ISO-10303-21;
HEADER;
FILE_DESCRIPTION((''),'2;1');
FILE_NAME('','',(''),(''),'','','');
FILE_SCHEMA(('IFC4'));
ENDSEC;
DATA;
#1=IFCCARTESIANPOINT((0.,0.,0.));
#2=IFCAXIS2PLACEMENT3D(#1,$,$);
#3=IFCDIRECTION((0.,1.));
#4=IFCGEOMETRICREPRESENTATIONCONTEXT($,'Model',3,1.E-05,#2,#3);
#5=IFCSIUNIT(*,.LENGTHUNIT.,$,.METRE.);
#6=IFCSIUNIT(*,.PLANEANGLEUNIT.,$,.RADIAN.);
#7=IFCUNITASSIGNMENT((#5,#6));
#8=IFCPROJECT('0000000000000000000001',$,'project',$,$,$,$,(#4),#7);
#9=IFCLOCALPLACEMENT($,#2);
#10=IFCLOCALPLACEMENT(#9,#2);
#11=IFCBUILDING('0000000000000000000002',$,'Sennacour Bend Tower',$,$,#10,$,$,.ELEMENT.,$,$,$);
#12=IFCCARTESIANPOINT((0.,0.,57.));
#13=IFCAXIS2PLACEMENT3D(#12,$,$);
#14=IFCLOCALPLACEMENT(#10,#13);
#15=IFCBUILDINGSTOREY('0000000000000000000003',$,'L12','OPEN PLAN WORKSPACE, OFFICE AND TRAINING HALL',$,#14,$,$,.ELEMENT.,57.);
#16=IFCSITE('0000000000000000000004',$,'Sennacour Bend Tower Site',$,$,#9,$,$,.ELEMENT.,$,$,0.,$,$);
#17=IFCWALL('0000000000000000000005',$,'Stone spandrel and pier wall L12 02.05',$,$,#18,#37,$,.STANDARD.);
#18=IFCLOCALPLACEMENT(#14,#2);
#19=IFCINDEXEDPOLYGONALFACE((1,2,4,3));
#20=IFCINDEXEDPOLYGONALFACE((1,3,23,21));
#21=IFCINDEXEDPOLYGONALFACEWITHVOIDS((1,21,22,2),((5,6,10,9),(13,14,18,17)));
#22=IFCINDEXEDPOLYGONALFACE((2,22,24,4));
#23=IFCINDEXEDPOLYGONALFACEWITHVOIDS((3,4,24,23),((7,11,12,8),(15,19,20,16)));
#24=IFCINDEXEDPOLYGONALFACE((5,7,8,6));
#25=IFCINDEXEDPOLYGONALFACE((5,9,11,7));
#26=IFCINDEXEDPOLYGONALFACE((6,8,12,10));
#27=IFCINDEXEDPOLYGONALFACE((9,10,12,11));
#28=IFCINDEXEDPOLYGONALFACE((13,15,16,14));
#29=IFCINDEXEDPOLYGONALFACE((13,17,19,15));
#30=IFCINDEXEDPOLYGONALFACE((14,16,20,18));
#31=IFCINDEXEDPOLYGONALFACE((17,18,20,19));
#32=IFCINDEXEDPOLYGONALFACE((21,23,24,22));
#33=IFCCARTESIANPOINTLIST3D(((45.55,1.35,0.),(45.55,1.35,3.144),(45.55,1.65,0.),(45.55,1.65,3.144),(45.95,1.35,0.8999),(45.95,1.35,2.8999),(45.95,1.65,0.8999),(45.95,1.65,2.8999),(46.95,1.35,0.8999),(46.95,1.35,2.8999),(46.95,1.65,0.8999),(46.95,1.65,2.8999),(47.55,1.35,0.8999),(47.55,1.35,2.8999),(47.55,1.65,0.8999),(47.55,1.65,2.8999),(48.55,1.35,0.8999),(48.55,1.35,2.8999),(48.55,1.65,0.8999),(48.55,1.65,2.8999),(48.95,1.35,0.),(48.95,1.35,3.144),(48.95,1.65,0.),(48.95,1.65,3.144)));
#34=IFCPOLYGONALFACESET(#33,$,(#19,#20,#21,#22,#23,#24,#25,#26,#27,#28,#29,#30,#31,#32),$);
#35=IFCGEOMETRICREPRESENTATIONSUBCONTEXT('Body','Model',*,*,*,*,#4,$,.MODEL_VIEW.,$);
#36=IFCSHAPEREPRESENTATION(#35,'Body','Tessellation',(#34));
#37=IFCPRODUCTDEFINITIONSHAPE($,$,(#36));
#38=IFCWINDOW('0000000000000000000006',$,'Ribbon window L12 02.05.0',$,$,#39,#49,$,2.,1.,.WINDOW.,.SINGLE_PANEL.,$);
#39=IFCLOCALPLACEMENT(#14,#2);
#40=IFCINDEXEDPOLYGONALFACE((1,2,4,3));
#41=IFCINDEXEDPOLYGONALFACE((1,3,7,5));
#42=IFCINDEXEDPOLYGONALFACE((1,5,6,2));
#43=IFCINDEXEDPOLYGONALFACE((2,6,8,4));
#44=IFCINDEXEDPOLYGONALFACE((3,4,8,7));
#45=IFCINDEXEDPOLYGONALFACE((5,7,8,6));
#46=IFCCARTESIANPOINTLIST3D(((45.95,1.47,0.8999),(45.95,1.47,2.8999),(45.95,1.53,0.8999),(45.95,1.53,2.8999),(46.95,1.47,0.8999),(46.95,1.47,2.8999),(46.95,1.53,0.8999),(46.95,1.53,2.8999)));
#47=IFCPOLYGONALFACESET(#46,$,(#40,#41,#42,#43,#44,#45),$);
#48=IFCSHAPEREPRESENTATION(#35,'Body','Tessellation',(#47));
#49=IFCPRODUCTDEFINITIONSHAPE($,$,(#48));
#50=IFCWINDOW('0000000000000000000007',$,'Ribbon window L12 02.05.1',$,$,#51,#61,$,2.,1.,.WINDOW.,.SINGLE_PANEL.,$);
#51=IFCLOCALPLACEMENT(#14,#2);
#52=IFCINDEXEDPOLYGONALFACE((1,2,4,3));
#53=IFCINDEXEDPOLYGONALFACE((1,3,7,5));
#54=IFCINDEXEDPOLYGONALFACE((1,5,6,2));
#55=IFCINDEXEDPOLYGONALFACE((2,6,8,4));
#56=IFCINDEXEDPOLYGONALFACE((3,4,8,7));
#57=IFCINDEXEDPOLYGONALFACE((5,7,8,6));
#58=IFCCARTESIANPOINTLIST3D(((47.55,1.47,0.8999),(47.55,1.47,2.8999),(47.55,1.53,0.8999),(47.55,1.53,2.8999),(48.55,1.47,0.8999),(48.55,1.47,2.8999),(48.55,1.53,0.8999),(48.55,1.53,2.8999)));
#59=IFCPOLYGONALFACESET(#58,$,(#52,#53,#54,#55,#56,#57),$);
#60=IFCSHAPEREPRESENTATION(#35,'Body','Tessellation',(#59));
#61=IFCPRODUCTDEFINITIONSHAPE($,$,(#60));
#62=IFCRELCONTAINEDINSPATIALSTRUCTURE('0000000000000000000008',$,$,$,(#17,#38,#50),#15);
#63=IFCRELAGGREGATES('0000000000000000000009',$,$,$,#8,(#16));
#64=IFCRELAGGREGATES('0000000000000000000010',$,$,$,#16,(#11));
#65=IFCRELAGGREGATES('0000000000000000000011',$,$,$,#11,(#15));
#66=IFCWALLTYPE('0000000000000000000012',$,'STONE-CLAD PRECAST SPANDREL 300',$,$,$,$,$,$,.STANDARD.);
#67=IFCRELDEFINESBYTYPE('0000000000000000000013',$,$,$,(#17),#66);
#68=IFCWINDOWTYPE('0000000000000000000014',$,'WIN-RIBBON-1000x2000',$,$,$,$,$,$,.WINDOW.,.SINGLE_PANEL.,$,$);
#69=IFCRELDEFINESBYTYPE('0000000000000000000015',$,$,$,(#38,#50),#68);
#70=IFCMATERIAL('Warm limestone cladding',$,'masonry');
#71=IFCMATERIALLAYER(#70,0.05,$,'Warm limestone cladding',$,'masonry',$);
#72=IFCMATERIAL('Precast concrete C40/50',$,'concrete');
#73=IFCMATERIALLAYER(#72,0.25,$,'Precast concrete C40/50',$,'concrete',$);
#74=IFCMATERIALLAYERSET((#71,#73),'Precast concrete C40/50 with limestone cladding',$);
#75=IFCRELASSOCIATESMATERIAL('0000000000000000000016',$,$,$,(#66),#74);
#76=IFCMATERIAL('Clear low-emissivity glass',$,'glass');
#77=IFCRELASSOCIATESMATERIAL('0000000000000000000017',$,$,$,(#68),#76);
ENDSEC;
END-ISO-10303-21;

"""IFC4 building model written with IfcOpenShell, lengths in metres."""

from ifc_helpers import new_model, si_unit, direction, frame, frame_2d, origin, place, context, subcontext, project, spatial, rectangle, extrude, material, layer, layer_set, type_object, element, fill, save


model = new_model("IFC4")

# Units and contexts
model_context = context("Model", 3, precision=1e-05, world=origin(), true_north=direction((0.0, 1.0)))
body_context = subcontext(model_context, "Body", "Model", "MODEL_VIEW")
ifc_project = project(units=[si_unit("LENGTHUNIT", "METRE"), si_unit("PLANEANGLEUNIT", "RADIAN")], contexts=[model_context])

# Site, building, storey
site_placement = place(None, origin())
site = spatial("IfcSite", under=ifc_project, at=site_placement, Name="Sennacour Bend Tower Site", CompositionType="ELEMENT", RefElevation=0.0)
building_placement = place(site_placement, origin())
building = spatial("IfcBuilding", under=site, at=building_placement, Name="Sennacour Bend Tower", CompositionType="ELEMENT")
storey_placement = place(building_placement, frame((0.0, 0.0, 57.0)))
storey = spatial("IfcBuildingStorey", under=building, at=storey_placement, Name="L12", Description="OPEN PLAN WORKSPACE, OFFICE AND TRAINING HALL", CompositionType="ELEMENT", Elevation=57.0)

# Wall, openings, windows
ifc_material_1 = material(Name="Warm limestone cladding", Category="masonry")
ifc_layer_1 = layer(ifc_material_1, 0.05, Name="Warm limestone cladding", Category="masonry")
ifc_material_2 = material(Name="Precast concrete C40/50", Category="concrete")
ifc_layer_2 = layer(ifc_material_2, 0.25, Name="Precast concrete C40/50", Category="concrete")
ifc_layer_set_1 = layer_set([ifc_layer_1, ifc_layer_2], Name="Precast concrete C40/50 with limestone cladding")
wall_type_1 = type_object("IfcWallType", Name="STONE-CLAD PRECAST SPANDREL 300", PredefinedType="STANDARD", material=ifc_layer_set_1)
wall_1_placement = place(storey_placement, frame((45.55, 1.5, 0.0), z_axis=(0.0, 0.0, 1.0), x_axis=(1.0, 0.0, 0.0)))
wall_1 = element("IfcWall", 1, at=wall_1_placement, inside=storey, type_object=wall_type_1, Name="Stone spandrel and pier wall L12 02.05", PredefinedType="STANDARD", context=body_context, shape_type="SweptSolid", body=[
    extrude(rectangle(XDim=3.3999, YDim=0.3, at=frame_2d((1.7, 0.0))), origin(), (0.0, 0.0, 1.0), 3.144),
])
opening_1_placement = place(wall_1_placement, frame((0.3999, 0.0, 0.8999)))
opening_1 = element("IfcOpeningElement", 2, at=opening_1_placement, cuts=wall_1, PredefinedType="OPENING", context=body_context, shape_type="SweptSolid", body=[
    extrude(rectangle(XDim=1.0, YDim=2.0, at=frame_2d((0.5, 1.0))), frame((0.0, 0.1602, 0.0), z_axis=(0.0, -1.0, 0.0), x_axis=(1.0, 0.0, 0.0)), (0.0, 0.0, 1.0), 0.3201),
])
opening_2_placement = place(wall_1_placement, frame((2.0, 0.0, 0.8999)))
opening_2 = element("IfcOpeningElement", 3, at=opening_2_placement, cuts=wall_1, PredefinedType="OPENING", context=body_context, shape_type="SweptSolid", body=[
    extrude(rectangle(XDim=1.0, YDim=2.0, at=frame_2d((0.5, 1.0))), frame((0.0, 0.1602, 0.0), z_axis=(0.0, -1.0, 0.0), x_axis=(1.0, 0.0, 0.0)), (0.0, 0.0, 1.0), 0.3201),
])
ifc_material_3 = material(Name="Clear low-emissivity glass", Category="glass")
window_type = type_object("IfcWindowType", Name="WIN-RIBBON-1000x2000", PartitioningType="SINGLE_PANEL", PredefinedType="WINDOW", material=ifc_material_3)
window_1_placement = place(opening_1_placement, origin())
window_1 = element("IfcWindow", 4, at=window_1_placement, inside=storey, type_object=window_type, Name="Ribbon window L12 02.05.0", OverallHeight=2.0, OverallWidth=1.0, PartitioningType="SINGLE_PANEL", PredefinedType="WINDOW", context=body_context, shape_type="SweptSolid", body=[
    extrude(rectangle(XDim=1.0, YDim=2.0, at=frame_2d((0.5, 1.0))), frame((0.0, 0.03, 0.0), z_axis=(0.0, -1.0, 0.0), x_axis=(1.0, 0.0, 0.0)), (0.0, 0.0, 1.0), 0.0601),
])
fill(opening_1, window_1)
window_2_placement = place(opening_2_placement, origin())
window_2 = element("IfcWindow", 5, at=window_2_placement, inside=storey, type_object=window_type, Name="Ribbon window L12 02.05.1", OverallHeight=2.0, OverallWidth=1.0, PartitioningType="SINGLE_PANEL", PredefinedType="WINDOW", context=body_context, shape_type="SweptSolid", body=[
    extrude(rectangle(XDim=1.0, YDim=2.0, at=frame_2d((0.5, 1.0))), frame((0.0, 0.03, 0.0), z_axis=(0.0, -1.0, 0.0), x_axis=(1.0, 0.0, 0.0)), (0.0, 0.0, 1.0), 0.0601),
])
fill(opening_2, window_2)

save(model, "model.ifc")
